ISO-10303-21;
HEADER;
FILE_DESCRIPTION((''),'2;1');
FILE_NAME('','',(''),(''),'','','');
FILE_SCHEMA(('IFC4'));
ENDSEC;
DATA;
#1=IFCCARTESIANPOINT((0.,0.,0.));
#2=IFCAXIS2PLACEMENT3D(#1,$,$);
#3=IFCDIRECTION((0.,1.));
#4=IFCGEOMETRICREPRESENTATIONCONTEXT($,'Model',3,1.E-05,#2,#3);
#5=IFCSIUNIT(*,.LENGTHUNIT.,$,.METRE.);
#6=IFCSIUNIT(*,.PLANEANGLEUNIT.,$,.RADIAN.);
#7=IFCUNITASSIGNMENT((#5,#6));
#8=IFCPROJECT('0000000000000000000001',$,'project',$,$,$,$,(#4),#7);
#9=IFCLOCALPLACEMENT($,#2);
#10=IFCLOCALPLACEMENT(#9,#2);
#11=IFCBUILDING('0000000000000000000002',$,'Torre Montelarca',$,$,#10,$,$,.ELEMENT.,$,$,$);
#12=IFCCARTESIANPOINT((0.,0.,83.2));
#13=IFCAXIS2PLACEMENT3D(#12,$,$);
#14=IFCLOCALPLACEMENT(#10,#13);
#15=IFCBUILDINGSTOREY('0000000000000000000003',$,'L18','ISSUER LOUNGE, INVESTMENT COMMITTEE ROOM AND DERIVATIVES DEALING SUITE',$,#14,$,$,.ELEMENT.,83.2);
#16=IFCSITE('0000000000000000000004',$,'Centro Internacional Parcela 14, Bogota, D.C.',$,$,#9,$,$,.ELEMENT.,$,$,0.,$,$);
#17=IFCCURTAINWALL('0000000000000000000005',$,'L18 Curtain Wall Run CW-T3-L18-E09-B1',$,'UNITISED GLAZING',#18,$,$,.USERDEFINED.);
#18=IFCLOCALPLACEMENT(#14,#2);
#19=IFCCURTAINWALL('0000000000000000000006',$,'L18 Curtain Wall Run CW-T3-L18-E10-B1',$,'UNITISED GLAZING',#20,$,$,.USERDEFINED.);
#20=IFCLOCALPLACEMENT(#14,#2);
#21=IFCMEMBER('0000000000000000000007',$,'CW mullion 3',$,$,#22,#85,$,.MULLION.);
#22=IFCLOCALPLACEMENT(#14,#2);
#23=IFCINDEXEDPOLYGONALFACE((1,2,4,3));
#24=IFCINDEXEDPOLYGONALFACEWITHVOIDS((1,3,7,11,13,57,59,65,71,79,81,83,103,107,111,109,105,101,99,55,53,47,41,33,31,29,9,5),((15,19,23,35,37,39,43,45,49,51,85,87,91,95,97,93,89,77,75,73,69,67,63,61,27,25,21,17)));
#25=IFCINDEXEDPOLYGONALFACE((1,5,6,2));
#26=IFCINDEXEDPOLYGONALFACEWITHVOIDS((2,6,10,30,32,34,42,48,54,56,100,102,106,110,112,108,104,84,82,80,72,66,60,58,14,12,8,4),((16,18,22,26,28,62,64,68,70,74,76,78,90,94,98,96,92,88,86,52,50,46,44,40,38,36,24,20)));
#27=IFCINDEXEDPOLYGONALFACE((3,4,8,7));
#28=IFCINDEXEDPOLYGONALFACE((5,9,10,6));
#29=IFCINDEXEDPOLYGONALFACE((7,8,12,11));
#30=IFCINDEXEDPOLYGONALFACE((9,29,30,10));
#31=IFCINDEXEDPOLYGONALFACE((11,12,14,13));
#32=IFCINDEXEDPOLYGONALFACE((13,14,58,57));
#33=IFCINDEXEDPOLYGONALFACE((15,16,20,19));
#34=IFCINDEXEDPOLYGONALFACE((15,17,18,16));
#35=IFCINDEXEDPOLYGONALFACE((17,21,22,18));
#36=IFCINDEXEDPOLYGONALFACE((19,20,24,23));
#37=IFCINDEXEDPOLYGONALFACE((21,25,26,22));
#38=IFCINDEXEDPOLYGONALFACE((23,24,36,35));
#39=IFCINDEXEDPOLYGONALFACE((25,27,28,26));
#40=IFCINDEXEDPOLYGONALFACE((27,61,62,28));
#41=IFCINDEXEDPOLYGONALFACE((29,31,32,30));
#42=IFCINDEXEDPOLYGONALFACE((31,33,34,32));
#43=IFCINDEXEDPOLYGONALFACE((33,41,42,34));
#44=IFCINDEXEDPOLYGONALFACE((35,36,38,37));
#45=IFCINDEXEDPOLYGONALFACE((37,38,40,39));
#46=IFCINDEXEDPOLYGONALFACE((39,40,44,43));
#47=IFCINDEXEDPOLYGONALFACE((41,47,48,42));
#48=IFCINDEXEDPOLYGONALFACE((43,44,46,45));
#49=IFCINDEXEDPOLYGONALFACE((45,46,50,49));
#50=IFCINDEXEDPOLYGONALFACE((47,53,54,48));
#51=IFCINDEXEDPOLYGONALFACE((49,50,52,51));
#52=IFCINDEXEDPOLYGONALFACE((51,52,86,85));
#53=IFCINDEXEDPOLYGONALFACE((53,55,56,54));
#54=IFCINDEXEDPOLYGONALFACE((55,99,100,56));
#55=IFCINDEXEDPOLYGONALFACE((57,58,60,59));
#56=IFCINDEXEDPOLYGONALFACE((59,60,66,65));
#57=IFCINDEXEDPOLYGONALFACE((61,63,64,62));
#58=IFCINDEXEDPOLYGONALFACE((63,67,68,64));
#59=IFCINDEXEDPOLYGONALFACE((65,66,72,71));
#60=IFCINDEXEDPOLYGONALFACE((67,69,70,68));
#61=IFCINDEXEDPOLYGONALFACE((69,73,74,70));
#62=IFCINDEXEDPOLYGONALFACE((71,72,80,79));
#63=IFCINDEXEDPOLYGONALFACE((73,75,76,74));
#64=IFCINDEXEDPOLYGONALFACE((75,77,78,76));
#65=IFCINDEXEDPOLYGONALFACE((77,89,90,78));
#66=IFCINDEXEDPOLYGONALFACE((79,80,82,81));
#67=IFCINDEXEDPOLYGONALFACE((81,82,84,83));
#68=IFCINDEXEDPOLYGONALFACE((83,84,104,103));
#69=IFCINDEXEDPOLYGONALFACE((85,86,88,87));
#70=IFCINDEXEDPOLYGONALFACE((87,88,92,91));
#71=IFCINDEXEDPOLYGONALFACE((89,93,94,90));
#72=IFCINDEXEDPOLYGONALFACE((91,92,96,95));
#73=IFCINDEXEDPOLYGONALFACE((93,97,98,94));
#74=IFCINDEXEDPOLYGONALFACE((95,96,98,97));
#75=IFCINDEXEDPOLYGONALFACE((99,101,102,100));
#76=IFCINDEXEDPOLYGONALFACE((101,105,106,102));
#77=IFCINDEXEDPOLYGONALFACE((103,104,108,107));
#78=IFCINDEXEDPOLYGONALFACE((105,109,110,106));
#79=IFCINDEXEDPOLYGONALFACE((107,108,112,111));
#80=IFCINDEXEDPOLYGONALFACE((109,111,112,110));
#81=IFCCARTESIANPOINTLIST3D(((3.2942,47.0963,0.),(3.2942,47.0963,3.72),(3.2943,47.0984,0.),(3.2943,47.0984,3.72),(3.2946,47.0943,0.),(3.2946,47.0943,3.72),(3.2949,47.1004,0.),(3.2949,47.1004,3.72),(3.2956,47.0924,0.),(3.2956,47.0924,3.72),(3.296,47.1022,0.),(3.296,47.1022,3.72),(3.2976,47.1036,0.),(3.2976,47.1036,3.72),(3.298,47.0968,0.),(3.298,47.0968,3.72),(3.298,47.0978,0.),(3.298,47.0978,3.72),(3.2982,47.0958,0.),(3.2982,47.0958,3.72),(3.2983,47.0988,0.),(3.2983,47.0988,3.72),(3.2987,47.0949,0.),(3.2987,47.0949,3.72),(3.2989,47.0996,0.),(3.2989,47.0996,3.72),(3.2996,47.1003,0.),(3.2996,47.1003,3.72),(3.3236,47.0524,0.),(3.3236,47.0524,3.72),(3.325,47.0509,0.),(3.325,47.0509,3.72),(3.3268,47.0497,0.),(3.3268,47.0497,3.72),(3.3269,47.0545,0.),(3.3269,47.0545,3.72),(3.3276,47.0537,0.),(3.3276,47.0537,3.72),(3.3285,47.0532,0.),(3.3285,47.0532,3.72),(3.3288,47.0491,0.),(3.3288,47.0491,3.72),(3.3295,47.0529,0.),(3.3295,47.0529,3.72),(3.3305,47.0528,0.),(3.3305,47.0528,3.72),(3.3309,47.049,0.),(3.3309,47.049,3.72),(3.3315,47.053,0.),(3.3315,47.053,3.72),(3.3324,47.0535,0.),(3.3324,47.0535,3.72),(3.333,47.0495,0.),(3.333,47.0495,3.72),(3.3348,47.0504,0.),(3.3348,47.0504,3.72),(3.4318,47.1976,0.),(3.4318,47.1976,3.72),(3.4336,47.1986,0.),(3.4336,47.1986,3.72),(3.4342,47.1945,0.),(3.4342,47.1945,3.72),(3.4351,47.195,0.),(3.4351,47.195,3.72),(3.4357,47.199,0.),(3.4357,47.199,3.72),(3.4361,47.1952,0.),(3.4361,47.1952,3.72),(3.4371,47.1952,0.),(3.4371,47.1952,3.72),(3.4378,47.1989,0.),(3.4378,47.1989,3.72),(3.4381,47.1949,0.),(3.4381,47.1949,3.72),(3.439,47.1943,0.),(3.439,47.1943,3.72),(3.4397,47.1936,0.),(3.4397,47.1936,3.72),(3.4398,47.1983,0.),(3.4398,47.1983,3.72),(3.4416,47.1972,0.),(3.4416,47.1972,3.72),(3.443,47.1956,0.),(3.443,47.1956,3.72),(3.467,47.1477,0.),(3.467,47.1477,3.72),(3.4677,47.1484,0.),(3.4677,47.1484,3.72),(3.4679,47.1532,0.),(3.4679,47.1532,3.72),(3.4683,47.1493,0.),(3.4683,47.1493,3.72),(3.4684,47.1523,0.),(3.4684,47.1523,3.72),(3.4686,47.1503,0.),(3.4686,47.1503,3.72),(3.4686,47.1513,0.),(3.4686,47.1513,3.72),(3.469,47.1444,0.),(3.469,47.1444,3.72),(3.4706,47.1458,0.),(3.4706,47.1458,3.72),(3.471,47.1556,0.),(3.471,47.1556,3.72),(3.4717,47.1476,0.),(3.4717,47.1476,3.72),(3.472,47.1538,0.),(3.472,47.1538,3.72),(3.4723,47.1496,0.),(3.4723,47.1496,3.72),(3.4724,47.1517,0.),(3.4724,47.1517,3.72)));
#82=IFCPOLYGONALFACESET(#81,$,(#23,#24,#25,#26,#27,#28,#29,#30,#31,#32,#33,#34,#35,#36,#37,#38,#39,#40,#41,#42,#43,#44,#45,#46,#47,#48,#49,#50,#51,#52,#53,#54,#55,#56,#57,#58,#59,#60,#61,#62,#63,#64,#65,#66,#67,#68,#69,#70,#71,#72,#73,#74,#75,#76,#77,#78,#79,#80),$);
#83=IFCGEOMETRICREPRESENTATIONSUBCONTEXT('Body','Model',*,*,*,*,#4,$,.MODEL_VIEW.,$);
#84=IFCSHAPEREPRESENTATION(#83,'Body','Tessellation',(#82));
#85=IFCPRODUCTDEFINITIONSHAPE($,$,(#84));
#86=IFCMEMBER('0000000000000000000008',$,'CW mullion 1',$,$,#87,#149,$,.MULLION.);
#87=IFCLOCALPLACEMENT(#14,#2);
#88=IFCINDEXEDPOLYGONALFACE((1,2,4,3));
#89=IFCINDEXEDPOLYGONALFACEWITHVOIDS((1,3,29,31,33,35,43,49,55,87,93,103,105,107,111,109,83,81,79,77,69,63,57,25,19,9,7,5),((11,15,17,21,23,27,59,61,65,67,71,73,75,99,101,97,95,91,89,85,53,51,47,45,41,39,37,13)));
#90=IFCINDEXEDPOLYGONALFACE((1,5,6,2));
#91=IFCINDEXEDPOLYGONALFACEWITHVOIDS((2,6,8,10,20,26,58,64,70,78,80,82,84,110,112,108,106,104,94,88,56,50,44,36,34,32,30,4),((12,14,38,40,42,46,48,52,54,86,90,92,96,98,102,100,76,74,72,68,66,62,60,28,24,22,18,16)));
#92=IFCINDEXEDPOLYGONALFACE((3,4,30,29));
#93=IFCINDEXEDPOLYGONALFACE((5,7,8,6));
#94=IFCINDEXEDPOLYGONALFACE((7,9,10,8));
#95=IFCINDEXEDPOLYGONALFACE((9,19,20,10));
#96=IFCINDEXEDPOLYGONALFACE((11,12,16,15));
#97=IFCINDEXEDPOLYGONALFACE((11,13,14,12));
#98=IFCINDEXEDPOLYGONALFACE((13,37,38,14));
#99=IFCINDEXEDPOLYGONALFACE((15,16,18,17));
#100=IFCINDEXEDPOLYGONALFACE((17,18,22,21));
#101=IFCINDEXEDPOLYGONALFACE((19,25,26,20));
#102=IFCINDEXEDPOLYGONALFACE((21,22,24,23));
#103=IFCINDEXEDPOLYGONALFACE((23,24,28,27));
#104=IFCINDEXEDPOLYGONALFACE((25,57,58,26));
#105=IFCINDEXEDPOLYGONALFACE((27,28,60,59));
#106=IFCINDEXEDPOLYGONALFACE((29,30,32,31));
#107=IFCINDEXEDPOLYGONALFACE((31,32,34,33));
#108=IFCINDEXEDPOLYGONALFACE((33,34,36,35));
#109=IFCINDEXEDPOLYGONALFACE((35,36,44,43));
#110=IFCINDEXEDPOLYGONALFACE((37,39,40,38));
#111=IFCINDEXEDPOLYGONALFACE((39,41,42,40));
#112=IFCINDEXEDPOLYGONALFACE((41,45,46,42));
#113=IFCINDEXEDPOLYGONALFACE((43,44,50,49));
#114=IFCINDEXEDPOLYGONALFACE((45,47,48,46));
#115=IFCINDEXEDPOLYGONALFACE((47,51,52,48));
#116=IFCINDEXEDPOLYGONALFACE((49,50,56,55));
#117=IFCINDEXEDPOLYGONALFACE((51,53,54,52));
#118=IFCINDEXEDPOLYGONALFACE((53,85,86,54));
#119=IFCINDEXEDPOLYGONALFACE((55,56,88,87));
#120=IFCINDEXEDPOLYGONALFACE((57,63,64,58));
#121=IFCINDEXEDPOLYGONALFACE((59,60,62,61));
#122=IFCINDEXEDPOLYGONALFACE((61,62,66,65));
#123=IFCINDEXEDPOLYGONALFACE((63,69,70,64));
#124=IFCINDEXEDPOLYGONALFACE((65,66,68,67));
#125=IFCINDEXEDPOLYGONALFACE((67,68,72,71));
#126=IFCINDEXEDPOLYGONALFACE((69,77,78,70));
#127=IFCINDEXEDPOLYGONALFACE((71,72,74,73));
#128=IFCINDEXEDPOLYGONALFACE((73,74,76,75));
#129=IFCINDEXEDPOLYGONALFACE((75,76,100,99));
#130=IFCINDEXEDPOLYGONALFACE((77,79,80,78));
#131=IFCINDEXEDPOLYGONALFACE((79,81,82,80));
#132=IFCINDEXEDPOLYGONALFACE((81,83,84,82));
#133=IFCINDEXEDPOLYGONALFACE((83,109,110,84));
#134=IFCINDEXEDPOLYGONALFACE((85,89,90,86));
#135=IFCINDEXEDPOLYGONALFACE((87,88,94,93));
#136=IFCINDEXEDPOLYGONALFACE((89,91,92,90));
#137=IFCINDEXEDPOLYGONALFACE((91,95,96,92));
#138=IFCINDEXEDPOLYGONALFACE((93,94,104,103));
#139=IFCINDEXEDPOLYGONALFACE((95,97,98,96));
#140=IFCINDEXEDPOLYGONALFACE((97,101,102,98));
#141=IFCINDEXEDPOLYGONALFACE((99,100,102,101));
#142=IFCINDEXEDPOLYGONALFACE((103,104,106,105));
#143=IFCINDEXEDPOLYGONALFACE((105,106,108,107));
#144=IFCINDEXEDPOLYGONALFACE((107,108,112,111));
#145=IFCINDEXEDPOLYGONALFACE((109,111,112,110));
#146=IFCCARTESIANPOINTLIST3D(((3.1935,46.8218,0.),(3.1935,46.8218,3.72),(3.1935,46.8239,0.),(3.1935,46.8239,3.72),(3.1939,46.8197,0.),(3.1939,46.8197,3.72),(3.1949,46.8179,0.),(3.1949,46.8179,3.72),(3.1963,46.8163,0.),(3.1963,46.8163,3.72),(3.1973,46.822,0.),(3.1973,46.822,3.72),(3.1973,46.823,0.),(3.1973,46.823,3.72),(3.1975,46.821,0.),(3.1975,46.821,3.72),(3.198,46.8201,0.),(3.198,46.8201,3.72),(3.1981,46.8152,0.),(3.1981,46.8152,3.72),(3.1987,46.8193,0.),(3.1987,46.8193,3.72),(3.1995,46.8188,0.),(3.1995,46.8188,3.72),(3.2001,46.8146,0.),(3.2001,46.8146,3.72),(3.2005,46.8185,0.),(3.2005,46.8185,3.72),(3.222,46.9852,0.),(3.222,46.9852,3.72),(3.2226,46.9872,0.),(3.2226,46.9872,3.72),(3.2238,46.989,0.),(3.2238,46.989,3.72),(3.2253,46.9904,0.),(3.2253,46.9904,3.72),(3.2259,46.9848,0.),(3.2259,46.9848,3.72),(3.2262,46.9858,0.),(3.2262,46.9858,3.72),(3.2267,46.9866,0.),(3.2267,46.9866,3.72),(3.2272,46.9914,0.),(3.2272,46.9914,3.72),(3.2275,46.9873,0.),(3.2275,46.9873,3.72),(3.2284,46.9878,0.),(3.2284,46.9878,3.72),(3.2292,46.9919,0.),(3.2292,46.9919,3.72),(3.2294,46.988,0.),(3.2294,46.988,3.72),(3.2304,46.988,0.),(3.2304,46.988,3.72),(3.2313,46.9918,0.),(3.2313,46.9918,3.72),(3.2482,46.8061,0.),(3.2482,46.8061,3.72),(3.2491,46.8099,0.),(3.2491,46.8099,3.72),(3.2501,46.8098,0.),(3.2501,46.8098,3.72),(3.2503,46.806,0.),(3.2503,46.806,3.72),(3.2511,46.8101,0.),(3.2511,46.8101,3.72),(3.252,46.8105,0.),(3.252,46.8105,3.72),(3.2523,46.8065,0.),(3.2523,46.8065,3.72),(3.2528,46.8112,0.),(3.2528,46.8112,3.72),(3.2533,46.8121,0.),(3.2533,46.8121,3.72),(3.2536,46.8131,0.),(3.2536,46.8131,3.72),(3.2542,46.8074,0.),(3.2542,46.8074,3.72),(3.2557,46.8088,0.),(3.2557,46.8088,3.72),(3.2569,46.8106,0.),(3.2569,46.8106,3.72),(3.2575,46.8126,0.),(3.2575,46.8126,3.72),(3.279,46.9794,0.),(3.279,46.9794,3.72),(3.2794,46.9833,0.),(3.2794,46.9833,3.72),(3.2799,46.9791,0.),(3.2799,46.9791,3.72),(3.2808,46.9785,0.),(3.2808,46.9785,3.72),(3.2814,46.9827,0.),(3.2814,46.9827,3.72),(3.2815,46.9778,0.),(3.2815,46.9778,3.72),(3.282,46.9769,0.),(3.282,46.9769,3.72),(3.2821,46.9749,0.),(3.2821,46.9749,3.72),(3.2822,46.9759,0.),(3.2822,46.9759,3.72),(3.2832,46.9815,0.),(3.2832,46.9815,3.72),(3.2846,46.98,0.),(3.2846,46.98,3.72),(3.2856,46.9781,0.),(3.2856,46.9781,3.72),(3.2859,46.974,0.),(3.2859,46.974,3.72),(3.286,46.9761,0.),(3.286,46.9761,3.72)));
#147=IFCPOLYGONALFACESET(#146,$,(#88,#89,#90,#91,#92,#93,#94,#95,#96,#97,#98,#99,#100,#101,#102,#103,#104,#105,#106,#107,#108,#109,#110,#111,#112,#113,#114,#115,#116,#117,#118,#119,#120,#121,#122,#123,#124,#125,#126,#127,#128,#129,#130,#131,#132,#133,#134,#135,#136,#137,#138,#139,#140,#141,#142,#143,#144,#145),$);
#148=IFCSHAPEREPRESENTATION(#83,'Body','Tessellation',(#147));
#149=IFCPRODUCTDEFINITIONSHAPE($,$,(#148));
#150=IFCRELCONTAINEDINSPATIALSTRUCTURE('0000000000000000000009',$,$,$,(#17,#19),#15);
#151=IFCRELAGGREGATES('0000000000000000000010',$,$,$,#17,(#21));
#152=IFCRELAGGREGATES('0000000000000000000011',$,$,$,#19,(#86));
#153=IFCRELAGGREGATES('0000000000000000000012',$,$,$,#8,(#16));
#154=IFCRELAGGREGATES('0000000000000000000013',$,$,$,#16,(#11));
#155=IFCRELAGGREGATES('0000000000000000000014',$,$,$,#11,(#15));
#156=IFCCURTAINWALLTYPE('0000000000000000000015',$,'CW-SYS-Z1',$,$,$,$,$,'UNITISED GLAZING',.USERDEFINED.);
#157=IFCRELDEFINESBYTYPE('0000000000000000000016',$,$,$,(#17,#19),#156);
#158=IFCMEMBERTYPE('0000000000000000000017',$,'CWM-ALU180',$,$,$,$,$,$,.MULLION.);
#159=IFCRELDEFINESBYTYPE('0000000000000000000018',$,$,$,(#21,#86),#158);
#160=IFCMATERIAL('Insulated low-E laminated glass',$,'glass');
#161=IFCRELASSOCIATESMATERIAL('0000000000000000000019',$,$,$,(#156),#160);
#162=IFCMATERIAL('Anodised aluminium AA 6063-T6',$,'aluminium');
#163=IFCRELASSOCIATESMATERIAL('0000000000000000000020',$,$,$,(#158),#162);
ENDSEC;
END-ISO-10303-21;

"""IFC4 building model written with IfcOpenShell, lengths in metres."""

from ifc_helpers import new_model, si_unit, direction, frame, origin, origin_2d, place, context, subcontext, project, spatial, hollow_rectangle, extrude, source, transform, mapped, material, material_profile, profile_set, type_object, element, aggregate, save


model = new_model("IFC4")

# Units and contexts
model_context = context("Model", 3, precision=1e-05, world=origin(), true_north=direction((0.0, 1.0)))
body_context = subcontext(model_context, "Body", "Model", "MODEL_VIEW")
ifc_project = project(units=[si_unit("LENGTHUNIT", "METRE"), si_unit("PLANEANGLEUNIT", "RADIAN")], contexts=[model_context])

# Site, building, storey
site_placement = place(None, origin())
site = spatial("IfcSite", under=ifc_project, at=site_placement, Name="Centro Internacional Parcela 14, Bogota, D.C.", CompositionType="ELEMENT", RefElevation=0.0)
building_placement = place(site_placement, origin())
building = spatial("IfcBuilding", under=site, at=building_placement, Name="Torre Montelarca", CompositionType="ELEMENT")
storey_placement = place(building_placement, frame((0.0, 0.0, 83.2)))
storey = spatial("IfcBuildingStorey", under=building, at=storey_placement, Name="L18", Description="ISSUER LOUNGE, INVESTMENT COMMITTEE ROOM AND DERIVATIVES DEALING SUITE", CompositionType="ELEMENT", Elevation=83.2)

# Curtain walls
ifc_material_1 = material(Name="Insulated low-E laminated glass", Category="glass")
curtain_wall_type = type_object("IfcCurtainWallType", Name="CW-SYS-Z1", ElementType="UNITISED GLAZING", PredefinedType="USERDEFINED", material=ifc_material_1)
curtain_wall_1_placement = place(storey_placement, origin())
curtain_wall_1 = element("IfcCurtainWall", 1, at=curtain_wall_1_placement, inside=storey, type_object=curtain_wall_type, Name="L18 Curtain Wall Run CW-T3-L18-E09-B1", ObjectType="UNITISED GLAZING", PredefinedType="USERDEFINED")
ifc_material_2 = material(Name="Anodised aluminium AA 6063-T6", Category="aluminium")
curtain_wall_2_placement = place(storey_placement, origin())
curtain_wall_2 = element("IfcCurtainWall", 2, at=curtain_wall_2_placement, inside=storey, type_object=curtain_wall_type, Name="L18 Curtain Wall Run CW-T3-L18-E10-B1", ObjectType="UNITISED GLAZING", PredefinedType="USERDEFINED")

# Members
ifc_material_profile_1 = material_profile(ifc_material_2, hollow_rectangle(XDim=0.0649, YDim=0.1799, WallThickness=0.0039, InnerFilletRadius=0.0039, OuterFilletRadius=0.0081, at=origin_2d()), Name="ALU65X180X4", Category="aluminium")
ifc_profile_set_1 = profile_set([ifc_material_profile_1], Name="Anodised aluminium AA 6063-T6")
member_type_1 = type_object("IfcMemberType", Name="CWM-ALU180", PredefinedType="MULLION", material=ifc_profile_set_1)
shared_shape_1 = source(origin(), body_context, "Body", "SweptSolid", [
    extrude(hollow_rectangle(XDim=0.0649, YDim=0.1799, WallThickness=0.0039, InnerFilletRadius=0.0039, OuterFilletRadius=0.0081, at=origin_2d()), origin(), (0.0, 0.0, 1.0), 3.72),
])
member_1_placement = place(storey_placement, frame((3.3833, 47.124, 0.0), z_axis=(0.0, 0.0, 1.0), x_axis=(0.573554, -0.819168, 0.0)))
member_1 = element("IfcMember", 3, at=member_1_placement, type_object=member_type_1, Name="CW mullion 3", PredefinedType="MULLION", context=body_context, shape_type="MappedRepresentation", body=[
    mapped(shared_shape_1, transform((0.0, 0.0, 0.0), scale=1.0)),
])
member_2_placement = place(storey_placement, frame((3.2397, 46.8989, 0.0), z_axis=(0.0, 0.0, 1.0), x_axis=(0.984808, -0.173646, 0.0)))
member_2 = element("IfcMember", 4, at=member_2_placement, type_object=member_type_1, Name="CW mullion 1", PredefinedType="MULLION", context=body_context, shape_type="MappedRepresentation", body=[
    mapped(shared_shape_1, transform((0.0, 0.0, 0.0), scale=1.0)),
])

aggregate(curtain_wall_1, [member_1])
aggregate(curtain_wall_2, [member_2])

save(model, "model.ifc")
